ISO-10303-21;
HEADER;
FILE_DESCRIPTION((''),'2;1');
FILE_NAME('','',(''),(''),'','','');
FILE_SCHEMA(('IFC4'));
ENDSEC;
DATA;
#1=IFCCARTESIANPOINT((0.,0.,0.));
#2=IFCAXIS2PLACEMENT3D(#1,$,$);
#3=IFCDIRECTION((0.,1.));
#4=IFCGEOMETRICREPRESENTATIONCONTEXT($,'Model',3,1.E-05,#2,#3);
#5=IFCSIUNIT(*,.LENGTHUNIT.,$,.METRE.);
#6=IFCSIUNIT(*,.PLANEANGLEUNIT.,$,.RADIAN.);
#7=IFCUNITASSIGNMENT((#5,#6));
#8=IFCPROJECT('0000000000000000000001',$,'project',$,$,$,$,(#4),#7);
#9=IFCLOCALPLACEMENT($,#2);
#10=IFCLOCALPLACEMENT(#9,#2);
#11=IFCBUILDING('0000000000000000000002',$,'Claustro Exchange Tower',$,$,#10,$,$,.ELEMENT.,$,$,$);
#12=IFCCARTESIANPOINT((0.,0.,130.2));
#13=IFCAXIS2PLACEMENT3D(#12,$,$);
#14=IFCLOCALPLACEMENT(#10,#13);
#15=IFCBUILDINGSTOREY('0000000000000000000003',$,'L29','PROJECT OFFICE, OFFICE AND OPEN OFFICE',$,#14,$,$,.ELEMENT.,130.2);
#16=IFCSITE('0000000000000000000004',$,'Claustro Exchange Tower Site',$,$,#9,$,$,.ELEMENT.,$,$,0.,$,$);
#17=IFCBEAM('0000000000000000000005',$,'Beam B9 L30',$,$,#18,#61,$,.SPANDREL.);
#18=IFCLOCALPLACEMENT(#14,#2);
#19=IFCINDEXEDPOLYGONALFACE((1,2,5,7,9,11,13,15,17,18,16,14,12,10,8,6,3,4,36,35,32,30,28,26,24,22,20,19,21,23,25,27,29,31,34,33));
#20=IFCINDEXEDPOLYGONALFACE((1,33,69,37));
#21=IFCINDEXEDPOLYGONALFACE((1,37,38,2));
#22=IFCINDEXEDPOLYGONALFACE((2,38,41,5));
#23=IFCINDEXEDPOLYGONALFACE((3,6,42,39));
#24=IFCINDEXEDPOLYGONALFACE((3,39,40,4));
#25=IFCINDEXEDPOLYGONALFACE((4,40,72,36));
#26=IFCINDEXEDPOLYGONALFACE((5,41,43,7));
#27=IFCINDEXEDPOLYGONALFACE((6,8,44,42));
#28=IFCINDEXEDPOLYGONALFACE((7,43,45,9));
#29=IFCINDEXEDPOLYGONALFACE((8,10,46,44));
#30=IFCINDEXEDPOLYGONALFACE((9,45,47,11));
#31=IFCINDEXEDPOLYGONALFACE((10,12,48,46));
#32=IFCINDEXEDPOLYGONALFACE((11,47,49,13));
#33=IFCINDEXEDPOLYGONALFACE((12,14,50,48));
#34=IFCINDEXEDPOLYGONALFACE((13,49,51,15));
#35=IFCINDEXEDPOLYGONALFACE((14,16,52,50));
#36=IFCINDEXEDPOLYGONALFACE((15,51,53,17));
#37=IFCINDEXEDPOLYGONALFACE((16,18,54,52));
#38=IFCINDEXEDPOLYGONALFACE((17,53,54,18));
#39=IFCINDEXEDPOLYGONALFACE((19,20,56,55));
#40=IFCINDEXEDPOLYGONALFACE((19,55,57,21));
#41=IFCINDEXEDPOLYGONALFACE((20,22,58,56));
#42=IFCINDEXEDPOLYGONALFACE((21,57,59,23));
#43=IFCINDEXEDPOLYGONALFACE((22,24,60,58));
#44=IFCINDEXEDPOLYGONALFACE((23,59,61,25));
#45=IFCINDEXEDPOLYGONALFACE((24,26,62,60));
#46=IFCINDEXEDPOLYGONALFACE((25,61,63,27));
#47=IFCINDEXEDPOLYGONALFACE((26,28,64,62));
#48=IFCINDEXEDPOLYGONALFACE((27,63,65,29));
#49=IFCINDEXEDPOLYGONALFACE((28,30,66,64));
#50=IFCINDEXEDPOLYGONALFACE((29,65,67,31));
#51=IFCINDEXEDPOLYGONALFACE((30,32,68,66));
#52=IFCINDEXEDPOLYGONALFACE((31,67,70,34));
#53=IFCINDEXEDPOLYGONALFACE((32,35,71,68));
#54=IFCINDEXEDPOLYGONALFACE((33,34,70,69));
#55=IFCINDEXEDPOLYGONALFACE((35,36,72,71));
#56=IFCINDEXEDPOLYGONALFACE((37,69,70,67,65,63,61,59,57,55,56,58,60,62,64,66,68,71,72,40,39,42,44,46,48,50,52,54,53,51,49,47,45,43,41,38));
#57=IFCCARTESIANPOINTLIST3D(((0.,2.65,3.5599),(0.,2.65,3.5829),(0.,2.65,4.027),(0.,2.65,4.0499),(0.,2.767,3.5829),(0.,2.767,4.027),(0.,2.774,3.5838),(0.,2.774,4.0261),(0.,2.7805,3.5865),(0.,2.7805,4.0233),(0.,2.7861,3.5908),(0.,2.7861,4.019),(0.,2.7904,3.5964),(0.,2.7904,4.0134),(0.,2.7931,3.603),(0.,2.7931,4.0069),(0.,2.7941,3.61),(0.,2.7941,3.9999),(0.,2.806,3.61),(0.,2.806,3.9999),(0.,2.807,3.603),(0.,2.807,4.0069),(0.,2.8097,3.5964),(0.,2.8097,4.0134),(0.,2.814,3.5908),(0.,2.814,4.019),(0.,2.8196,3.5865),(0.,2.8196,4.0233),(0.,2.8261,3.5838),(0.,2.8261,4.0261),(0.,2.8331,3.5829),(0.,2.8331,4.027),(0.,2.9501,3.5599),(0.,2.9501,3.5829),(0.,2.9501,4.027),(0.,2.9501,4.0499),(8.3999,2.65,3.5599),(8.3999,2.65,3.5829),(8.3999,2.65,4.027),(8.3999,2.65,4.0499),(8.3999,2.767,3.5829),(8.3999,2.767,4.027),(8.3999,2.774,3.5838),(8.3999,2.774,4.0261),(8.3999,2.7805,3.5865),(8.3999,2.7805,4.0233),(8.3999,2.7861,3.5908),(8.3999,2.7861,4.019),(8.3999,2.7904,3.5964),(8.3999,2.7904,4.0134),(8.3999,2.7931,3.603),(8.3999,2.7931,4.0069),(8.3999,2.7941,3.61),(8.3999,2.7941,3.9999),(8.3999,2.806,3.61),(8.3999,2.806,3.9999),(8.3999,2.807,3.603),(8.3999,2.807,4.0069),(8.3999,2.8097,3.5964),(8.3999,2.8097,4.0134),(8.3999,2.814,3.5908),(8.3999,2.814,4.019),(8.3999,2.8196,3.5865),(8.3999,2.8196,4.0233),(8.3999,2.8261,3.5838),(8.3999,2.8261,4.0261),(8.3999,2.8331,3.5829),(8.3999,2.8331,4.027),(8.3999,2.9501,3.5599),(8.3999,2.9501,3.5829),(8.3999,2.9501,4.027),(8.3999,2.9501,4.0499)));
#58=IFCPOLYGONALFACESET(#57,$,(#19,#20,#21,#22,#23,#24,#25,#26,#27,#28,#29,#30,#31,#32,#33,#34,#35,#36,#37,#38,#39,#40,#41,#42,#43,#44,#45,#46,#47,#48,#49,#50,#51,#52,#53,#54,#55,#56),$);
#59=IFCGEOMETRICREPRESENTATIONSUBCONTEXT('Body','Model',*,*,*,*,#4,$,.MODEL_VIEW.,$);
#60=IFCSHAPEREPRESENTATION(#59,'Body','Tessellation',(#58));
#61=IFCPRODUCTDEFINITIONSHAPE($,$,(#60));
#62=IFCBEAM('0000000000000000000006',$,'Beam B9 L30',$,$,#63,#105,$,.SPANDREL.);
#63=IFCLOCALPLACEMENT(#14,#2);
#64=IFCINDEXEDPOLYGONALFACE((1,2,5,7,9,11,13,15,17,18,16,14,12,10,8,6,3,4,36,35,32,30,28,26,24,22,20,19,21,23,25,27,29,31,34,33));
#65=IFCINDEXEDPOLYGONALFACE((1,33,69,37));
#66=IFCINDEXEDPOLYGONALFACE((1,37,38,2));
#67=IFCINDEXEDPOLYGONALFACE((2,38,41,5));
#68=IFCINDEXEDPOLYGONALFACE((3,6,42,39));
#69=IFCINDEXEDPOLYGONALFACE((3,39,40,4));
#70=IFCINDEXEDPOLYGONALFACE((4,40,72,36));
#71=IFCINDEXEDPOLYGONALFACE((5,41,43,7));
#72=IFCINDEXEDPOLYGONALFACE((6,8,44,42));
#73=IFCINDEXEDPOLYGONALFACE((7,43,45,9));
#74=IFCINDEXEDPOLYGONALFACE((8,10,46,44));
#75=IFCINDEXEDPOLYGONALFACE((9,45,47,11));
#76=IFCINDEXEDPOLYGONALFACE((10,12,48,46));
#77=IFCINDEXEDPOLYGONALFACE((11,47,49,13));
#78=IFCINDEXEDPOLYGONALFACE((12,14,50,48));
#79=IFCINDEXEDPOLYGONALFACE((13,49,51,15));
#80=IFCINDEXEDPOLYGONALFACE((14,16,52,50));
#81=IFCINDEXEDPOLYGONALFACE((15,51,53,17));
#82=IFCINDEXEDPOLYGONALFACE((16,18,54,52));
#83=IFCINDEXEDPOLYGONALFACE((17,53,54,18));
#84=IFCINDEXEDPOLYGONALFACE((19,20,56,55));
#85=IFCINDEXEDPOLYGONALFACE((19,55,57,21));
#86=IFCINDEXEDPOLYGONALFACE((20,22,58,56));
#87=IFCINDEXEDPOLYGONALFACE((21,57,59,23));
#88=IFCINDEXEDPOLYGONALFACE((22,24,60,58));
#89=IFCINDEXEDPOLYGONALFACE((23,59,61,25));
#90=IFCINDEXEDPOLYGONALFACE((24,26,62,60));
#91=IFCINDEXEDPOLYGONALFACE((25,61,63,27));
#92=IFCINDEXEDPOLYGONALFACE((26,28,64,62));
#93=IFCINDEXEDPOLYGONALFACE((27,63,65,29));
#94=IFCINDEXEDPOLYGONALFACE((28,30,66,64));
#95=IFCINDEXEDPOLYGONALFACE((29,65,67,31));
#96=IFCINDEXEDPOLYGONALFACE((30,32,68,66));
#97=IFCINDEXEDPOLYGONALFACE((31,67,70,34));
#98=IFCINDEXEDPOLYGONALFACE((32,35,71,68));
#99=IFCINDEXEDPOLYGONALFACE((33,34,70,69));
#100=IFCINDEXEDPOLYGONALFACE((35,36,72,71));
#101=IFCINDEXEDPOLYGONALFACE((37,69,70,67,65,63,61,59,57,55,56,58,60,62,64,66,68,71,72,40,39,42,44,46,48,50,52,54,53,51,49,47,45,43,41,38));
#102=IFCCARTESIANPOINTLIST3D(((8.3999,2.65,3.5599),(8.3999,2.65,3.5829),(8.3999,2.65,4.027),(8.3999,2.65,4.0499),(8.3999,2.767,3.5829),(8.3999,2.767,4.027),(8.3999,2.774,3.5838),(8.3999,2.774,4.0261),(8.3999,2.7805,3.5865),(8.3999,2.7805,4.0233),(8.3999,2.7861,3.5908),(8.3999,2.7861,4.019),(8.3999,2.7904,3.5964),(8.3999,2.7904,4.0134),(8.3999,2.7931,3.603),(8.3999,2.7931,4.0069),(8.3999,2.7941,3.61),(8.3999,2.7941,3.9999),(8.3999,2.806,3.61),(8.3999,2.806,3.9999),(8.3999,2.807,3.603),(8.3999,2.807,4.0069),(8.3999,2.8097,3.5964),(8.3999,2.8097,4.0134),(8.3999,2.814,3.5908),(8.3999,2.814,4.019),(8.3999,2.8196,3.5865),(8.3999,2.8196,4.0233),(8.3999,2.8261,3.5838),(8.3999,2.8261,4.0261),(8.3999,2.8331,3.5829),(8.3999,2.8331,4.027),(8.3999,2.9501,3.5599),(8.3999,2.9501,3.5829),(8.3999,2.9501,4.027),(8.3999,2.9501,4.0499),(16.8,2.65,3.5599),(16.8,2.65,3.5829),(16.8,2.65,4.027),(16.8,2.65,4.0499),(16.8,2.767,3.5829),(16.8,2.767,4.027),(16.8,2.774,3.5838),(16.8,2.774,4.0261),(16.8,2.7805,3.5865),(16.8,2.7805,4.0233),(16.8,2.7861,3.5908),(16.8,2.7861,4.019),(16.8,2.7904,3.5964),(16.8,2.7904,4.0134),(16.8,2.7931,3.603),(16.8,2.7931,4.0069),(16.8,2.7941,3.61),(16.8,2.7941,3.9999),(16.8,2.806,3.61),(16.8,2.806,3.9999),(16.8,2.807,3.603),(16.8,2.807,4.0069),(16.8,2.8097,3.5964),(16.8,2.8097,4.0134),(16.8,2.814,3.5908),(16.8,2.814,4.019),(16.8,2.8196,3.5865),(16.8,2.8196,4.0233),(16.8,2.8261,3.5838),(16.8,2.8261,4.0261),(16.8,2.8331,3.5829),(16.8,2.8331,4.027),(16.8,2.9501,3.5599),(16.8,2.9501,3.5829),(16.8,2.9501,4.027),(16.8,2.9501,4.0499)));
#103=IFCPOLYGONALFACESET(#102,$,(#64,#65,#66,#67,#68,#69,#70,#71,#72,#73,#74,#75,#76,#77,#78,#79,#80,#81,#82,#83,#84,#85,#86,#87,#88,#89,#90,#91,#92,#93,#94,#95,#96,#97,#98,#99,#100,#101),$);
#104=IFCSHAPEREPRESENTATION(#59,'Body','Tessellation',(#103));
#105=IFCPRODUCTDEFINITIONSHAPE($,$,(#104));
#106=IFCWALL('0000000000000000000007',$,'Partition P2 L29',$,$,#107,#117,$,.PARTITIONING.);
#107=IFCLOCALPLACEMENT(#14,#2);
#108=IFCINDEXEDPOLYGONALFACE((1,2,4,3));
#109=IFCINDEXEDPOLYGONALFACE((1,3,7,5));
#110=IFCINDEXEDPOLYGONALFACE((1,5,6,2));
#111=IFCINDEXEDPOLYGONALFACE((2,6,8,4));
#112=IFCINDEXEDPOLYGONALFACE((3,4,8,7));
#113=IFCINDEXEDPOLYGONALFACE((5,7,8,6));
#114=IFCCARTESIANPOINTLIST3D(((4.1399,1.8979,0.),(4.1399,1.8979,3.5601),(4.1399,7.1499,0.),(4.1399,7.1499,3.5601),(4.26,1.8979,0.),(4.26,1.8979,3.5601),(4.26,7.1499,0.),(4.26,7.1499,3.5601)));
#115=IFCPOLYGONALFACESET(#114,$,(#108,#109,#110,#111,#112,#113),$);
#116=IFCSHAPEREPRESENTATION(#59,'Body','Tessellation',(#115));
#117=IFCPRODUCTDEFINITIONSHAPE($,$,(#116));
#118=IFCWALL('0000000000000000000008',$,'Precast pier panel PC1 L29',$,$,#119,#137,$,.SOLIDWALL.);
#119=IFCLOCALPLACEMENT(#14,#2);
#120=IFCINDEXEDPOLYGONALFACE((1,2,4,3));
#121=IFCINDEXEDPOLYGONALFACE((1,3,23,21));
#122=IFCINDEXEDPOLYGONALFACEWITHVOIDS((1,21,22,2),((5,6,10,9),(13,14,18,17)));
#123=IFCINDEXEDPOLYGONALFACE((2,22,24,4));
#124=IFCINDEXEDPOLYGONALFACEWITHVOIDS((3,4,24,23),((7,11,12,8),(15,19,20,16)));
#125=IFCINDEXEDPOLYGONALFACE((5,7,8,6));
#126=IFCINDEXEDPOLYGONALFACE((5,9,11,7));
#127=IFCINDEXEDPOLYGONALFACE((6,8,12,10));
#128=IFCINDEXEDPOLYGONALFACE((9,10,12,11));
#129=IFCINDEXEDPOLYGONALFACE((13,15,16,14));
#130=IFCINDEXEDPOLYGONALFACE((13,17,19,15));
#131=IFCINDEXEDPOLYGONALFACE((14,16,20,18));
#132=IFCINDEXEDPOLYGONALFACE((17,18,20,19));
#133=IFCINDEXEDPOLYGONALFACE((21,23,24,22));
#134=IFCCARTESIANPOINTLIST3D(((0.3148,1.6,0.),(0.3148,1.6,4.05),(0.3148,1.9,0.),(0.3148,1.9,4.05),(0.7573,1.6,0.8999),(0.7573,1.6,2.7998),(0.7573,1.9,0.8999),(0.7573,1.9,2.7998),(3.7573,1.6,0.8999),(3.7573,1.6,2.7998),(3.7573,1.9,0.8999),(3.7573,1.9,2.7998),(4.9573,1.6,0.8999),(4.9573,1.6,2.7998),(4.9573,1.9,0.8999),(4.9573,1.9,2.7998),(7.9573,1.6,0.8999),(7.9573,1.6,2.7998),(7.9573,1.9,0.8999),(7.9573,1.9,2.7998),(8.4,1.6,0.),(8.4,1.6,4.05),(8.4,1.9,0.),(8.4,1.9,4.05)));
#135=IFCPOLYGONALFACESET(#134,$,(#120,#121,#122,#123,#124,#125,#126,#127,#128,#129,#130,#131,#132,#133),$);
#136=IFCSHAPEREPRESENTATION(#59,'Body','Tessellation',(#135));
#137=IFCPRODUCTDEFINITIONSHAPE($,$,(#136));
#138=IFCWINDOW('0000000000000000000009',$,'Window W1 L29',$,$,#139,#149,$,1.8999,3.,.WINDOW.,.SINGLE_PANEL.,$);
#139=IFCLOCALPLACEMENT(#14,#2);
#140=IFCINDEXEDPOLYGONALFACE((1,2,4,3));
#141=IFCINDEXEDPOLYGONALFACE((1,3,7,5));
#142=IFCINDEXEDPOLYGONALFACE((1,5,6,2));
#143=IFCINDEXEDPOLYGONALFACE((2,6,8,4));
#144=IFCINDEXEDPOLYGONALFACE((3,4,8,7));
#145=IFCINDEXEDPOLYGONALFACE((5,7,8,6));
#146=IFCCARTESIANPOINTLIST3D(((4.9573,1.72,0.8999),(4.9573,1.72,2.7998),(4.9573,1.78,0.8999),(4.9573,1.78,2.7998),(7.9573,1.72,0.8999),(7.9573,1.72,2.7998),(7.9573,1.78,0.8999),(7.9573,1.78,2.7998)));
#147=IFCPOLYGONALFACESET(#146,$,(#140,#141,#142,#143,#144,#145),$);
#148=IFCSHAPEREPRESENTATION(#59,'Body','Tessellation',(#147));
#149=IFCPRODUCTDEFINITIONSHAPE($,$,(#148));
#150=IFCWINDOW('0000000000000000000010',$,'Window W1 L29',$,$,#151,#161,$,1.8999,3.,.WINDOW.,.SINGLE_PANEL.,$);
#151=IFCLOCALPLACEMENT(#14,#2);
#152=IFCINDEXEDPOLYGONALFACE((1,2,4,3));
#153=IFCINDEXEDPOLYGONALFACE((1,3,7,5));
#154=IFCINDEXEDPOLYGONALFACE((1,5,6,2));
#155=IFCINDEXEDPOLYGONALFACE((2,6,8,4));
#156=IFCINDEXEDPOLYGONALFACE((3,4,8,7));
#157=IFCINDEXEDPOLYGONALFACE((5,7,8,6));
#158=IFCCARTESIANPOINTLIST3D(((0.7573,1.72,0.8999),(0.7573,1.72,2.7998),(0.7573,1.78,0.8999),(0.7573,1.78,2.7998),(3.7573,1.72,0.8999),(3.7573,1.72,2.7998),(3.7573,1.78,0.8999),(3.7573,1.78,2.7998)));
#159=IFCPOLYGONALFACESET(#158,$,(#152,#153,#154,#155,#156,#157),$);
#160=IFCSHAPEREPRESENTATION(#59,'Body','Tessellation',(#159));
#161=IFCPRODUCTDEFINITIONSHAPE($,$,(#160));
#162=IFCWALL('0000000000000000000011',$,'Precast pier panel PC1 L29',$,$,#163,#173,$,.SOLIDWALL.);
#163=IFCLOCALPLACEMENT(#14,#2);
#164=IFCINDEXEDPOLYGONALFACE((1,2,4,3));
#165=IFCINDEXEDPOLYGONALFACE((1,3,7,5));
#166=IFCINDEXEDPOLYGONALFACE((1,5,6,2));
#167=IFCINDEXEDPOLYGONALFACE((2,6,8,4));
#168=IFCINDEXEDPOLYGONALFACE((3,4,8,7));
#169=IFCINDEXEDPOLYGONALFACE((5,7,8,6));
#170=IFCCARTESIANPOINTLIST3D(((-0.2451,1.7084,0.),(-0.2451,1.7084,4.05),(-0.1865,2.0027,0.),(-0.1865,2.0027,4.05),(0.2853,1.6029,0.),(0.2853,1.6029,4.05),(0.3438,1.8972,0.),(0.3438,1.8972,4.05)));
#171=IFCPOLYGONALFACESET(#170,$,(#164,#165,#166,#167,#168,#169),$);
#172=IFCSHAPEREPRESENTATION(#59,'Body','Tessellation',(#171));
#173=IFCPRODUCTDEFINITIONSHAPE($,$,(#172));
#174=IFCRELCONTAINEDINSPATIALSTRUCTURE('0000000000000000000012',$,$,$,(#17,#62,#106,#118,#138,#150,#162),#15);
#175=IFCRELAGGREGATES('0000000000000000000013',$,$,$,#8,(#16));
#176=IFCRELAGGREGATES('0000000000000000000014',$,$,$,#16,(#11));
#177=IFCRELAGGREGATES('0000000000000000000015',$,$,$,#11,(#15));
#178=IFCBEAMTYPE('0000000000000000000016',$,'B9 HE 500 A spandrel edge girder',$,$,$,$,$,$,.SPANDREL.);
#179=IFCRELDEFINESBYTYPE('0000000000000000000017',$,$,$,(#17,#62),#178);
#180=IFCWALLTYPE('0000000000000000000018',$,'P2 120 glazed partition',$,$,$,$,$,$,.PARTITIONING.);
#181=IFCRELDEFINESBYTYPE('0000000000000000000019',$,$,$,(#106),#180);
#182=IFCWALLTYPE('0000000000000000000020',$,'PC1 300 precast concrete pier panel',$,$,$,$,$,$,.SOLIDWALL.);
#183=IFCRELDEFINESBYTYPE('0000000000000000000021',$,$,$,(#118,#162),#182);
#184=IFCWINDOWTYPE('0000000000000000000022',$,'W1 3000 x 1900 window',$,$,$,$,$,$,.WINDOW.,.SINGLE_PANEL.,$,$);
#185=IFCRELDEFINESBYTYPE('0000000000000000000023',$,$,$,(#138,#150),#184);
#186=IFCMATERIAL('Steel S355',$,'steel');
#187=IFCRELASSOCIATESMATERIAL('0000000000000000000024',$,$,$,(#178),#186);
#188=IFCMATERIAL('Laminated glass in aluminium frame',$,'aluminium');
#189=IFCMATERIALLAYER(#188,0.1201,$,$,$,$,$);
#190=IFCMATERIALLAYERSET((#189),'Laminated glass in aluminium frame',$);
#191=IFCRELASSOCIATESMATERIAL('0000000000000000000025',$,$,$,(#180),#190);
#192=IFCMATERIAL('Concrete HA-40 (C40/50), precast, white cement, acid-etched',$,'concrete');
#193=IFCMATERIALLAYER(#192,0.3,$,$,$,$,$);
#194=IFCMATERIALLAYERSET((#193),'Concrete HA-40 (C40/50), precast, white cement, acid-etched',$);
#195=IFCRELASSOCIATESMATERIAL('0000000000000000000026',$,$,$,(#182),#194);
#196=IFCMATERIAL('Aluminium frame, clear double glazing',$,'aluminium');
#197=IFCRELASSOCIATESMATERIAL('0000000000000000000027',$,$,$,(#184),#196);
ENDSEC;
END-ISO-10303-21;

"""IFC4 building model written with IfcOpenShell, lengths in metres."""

from ifc_helpers import new_model, si_unit, direction, frame, frame_2d, origin, origin_2d, place, context, subcontext, project, spatial, rectangle, i_section, extrude, material, layer, layer_set, material_profile, profile_set, type_object, element, fill, save


model = new_model("IFC4")

# Units and contexts
model_context = context("Model", 3, precision=1e-05, world=origin(), true_north=direction((0.0, 1.0)))
body_context = subcontext(model_context, "Body", "Model", "MODEL_VIEW")
ifc_project = project(units=[si_unit("LENGTHUNIT", "METRE"), si_unit("PLANEANGLEUNIT", "RADIAN")], contexts=[model_context])

# Site, building, storey
site_placement = place(None, origin())
site = spatial("IfcSite", under=ifc_project, at=site_placement, Name="Claustro Exchange Tower Site", CompositionType="ELEMENT", RefElevation=0.0)
building_placement = place(site_placement, origin())
building = spatial("IfcBuilding", under=site, at=building_placement, Name="Claustro Exchange Tower", CompositionType="ELEMENT")
storey_placement = place(building_placement, frame((0.0, 0.0, 130.2)))
storey = spatial("IfcBuildingStorey", under=building, at=storey_placement, Name="L29", Description="PROJECT OFFICE, OFFICE AND OPEN OFFICE", CompositionType="ELEMENT", Elevation=130.2)

# Beams
ifc_material_1 = material(Name="Steel S355", Category="steel")
ifc_material_profile_1 = material_profile(ifc_material_1, i_section(OverallWidth=0.3, OverallDepth=0.49, WebThickness=0.012, FlangeThickness=0.0229, FilletRadius=0.0271, at=origin_2d()), Name="HE 500 A")
ifc_profile_set_1 = profile_set([ifc_material_profile_1], Name="Steel S355")
beam_type_1 = type_object("IfcBeamType", Name="B9 HE 500 A spandrel edge girder", PredefinedType="SPANDREL", material=ifc_profile_set_1)
beam_1_placement = place(storey_placement, frame((0.0, 2.8, 3.8049), z_axis=(1.0, 0.0, 0.0), x_axis=(0.0, 1.0, 0.0)))
element("IfcBeam", 1, at=beam_1_placement, inside=storey, type_object=beam_type_1, Name="Beam B9 L30", PredefinedType="SPANDREL", context=body_context, shape_type="SweptSolid", body=[
    extrude(i_section(OverallWidth=0.3, OverallDepth=0.49, WebThickness=0.012, FlangeThickness=0.0229, FilletRadius=0.0271, at=origin_2d()), origin(), (0.0, 0.0, 1.0), 8.3999),
])
beam_2_placement = place(storey_placement, frame((8.3999, 2.8, 3.8049), z_axis=(1.0, 0.0, 0.0), x_axis=(0.0, 1.0, 0.0)))
element("IfcBeam", 2, at=beam_2_placement, inside=storey, type_object=beam_type_1, Name="Beam B9 L30", PredefinedType="SPANDREL", context=body_context, shape_type="SweptSolid", body=[
    extrude(i_section(OverallWidth=0.3, OverallDepth=0.49, WebThickness=0.012, FlangeThickness=0.0229, FilletRadius=0.0271, at=origin_2d()), origin(), (0.0, 0.0, 1.0), 8.4001),
])

# Wall
ifc_material_2 = material(Name="Laminated glass in aluminium frame", Category="aluminium")
ifc_layer_1 = layer(ifc_material_2, 0.1201)
ifc_layer_set_1 = layer_set([ifc_layer_1], Name="Laminated glass in aluminium frame")
wall_type_1 = type_object("IfcWallType", Name="P2 120 glazed partition", PredefinedType="PARTITIONING", material=ifc_layer_set_1)
wall_1_placement = place(storey_placement, frame((4.2, 1.8979, 0.0), z_axis=(0.0, 0.0, 1.0), x_axis=(0.0, 1.0, 0.0)))
element("IfcWall", 3, at=wall_1_placement, inside=storey, type_object=wall_type_1, Name="Partition P2 L29", PredefinedType="PARTITIONING", context=body_context, shape_type="SweptSolid", body=[
    extrude(rectangle(XDim=5.252, YDim=0.1201, at=frame_2d((2.626, 0.0))), origin(), (0.0, 0.0, 1.0), 3.5601),
])

# Wall, openings, windows
ifc_material_3 = material(Name="Concrete HA-40 (C40/50), precast, white cement, acid-etched", Category="concrete")
ifc_layer_2 = layer(ifc_material_3, 0.3)
ifc_layer_set_2 = layer_set([ifc_layer_2], Name="Concrete HA-40 (C40/50), precast, white cement, acid-etched")
wall_type_2 = type_object("IfcWallType", Name="PC1 300 precast concrete pier panel", PredefinedType="SOLIDWALL", material=ifc_layer_set_2)
wall_2_placement = place(storey_placement, frame((8.3999, 1.75, 0.0), z_axis=(0.0, 0.0, 1.0), x_axis=(-1.0, 0.0, 0.0)))
wall_2 = element("IfcWall", 4, at=wall_2_placement, inside=storey, type_object=wall_type_2, Name="Precast pier panel PC1 L29", PredefinedType="SOLIDWALL", context=body_context, shape_type="SweptSolid", body=[
    extrude(rectangle(XDim=8.0852, YDim=0.3, at=frame_2d((4.0425, 0.0))), origin(), (0.0, 0.0, 1.0), 4.05),
])
opening_1_placement = place(wall_2_placement, frame((0.4426, 0.0, 0.8999)))
opening_1 = element("IfcOpeningElement", 5, at=opening_1_placement, cuts=wall_2, PredefinedType="OPENING", context=body_context, shape_type="SweptSolid", body=[
    extrude(rectangle(XDim=3.0, YDim=1.8999, at=frame_2d((1.5, 0.95))), frame((0.0, 0.1599, 0.0), z_axis=(0.0, -1.0, 0.0), x_axis=(1.0, 0.0, 0.0)), (0.0, 0.0, 1.0), 0.3201),
])
opening_2_placement = place(wall_2_placement, frame((4.6426, 0.0, 0.8999)))
opening_2 = element("IfcOpeningElement", 6, at=opening_2_placement, cuts=wall_2, PredefinedType="OPENING", context=body_context, shape_type="SweptSolid", body=[
    extrude(rectangle(XDim=3.0, YDim=1.8999, at=frame_2d((1.5, 0.95))), frame((0.0, 0.1599, 0.0), z_axis=(0.0, -1.0, 0.0), x_axis=(1.0, 0.0, 0.0)), (0.0, 0.0, 1.0), 0.3201),
])
ifc_material_4 = material(Name="Aluminium frame, clear double glazing", Category="aluminium")
window_type = type_object("IfcWindowType", Name="W1 3000 x 1900 window", PartitioningType="SINGLE_PANEL", PredefinedType="WINDOW", material=ifc_material_4)
window_1_placement = place(opening_1_placement, origin())
window_1 = element("IfcWindow", 7, at=window_1_placement, inside=storey, type_object=window_type, Name="Window W1 L29", OverallHeight=1.8999, OverallWidth=3.0, PartitioningType="SINGLE_PANEL", PredefinedType="WINDOW", context=body_context, shape_type="SweptSolid", body=[
    extrude(rectangle(XDim=3.0, YDim=1.8999, at=frame_2d((1.5, 0.95))), frame((0.0, 0.03, 0.0), z_axis=(0.0, -1.0, 0.0), x_axis=(1.0, 0.0, 0.0)), (0.0, 0.0, 1.0), 0.0601),
])
fill(opening_1, window_1)
window_2_placement = place(opening_2_placement, origin())
window_2 = element("IfcWindow", 8, at=window_2_placement, inside=storey, type_object=window_type, Name="Window W1 L29", OverallHeight=1.8999, OverallWidth=3.0, PartitioningType="SINGLE_PANEL", PredefinedType="WINDOW", context=body_context, shape_type="SweptSolid", body=[
    extrude(rectangle(XDim=3.0, YDim=1.8999, at=frame_2d((1.5, 0.95))), frame((0.0, 0.03, 0.0), z_axis=(0.0, -1.0, 0.0), x_axis=(1.0, 0.0, 0.0)), (0.0, 0.0, 1.0), 0.0601),
])
fill(opening_2, window_2)

# Wall
wall_3_placement = place(storey_placement, frame((0.3147, 1.75, 0.0), z_axis=(0.0, 0.0, 1.0), x_axis=(-0.980789, 0.195074, 0.0)))
element("IfcWall", 9, at=wall_3_placement, inside=storey, type_object=wall_type_2, Name="Precast pier panel PC1 L29", PredefinedType="SOLIDWALL", context=body_context, shape_type="SweptSolid", body=[
    extrude(rectangle(XDim=0.5408, YDim=0.3, at=frame_2d((0.2705, 0.0))), origin(), (0.0, 0.0, 1.0), 4.05),
])

save(model, "model.ifc")
